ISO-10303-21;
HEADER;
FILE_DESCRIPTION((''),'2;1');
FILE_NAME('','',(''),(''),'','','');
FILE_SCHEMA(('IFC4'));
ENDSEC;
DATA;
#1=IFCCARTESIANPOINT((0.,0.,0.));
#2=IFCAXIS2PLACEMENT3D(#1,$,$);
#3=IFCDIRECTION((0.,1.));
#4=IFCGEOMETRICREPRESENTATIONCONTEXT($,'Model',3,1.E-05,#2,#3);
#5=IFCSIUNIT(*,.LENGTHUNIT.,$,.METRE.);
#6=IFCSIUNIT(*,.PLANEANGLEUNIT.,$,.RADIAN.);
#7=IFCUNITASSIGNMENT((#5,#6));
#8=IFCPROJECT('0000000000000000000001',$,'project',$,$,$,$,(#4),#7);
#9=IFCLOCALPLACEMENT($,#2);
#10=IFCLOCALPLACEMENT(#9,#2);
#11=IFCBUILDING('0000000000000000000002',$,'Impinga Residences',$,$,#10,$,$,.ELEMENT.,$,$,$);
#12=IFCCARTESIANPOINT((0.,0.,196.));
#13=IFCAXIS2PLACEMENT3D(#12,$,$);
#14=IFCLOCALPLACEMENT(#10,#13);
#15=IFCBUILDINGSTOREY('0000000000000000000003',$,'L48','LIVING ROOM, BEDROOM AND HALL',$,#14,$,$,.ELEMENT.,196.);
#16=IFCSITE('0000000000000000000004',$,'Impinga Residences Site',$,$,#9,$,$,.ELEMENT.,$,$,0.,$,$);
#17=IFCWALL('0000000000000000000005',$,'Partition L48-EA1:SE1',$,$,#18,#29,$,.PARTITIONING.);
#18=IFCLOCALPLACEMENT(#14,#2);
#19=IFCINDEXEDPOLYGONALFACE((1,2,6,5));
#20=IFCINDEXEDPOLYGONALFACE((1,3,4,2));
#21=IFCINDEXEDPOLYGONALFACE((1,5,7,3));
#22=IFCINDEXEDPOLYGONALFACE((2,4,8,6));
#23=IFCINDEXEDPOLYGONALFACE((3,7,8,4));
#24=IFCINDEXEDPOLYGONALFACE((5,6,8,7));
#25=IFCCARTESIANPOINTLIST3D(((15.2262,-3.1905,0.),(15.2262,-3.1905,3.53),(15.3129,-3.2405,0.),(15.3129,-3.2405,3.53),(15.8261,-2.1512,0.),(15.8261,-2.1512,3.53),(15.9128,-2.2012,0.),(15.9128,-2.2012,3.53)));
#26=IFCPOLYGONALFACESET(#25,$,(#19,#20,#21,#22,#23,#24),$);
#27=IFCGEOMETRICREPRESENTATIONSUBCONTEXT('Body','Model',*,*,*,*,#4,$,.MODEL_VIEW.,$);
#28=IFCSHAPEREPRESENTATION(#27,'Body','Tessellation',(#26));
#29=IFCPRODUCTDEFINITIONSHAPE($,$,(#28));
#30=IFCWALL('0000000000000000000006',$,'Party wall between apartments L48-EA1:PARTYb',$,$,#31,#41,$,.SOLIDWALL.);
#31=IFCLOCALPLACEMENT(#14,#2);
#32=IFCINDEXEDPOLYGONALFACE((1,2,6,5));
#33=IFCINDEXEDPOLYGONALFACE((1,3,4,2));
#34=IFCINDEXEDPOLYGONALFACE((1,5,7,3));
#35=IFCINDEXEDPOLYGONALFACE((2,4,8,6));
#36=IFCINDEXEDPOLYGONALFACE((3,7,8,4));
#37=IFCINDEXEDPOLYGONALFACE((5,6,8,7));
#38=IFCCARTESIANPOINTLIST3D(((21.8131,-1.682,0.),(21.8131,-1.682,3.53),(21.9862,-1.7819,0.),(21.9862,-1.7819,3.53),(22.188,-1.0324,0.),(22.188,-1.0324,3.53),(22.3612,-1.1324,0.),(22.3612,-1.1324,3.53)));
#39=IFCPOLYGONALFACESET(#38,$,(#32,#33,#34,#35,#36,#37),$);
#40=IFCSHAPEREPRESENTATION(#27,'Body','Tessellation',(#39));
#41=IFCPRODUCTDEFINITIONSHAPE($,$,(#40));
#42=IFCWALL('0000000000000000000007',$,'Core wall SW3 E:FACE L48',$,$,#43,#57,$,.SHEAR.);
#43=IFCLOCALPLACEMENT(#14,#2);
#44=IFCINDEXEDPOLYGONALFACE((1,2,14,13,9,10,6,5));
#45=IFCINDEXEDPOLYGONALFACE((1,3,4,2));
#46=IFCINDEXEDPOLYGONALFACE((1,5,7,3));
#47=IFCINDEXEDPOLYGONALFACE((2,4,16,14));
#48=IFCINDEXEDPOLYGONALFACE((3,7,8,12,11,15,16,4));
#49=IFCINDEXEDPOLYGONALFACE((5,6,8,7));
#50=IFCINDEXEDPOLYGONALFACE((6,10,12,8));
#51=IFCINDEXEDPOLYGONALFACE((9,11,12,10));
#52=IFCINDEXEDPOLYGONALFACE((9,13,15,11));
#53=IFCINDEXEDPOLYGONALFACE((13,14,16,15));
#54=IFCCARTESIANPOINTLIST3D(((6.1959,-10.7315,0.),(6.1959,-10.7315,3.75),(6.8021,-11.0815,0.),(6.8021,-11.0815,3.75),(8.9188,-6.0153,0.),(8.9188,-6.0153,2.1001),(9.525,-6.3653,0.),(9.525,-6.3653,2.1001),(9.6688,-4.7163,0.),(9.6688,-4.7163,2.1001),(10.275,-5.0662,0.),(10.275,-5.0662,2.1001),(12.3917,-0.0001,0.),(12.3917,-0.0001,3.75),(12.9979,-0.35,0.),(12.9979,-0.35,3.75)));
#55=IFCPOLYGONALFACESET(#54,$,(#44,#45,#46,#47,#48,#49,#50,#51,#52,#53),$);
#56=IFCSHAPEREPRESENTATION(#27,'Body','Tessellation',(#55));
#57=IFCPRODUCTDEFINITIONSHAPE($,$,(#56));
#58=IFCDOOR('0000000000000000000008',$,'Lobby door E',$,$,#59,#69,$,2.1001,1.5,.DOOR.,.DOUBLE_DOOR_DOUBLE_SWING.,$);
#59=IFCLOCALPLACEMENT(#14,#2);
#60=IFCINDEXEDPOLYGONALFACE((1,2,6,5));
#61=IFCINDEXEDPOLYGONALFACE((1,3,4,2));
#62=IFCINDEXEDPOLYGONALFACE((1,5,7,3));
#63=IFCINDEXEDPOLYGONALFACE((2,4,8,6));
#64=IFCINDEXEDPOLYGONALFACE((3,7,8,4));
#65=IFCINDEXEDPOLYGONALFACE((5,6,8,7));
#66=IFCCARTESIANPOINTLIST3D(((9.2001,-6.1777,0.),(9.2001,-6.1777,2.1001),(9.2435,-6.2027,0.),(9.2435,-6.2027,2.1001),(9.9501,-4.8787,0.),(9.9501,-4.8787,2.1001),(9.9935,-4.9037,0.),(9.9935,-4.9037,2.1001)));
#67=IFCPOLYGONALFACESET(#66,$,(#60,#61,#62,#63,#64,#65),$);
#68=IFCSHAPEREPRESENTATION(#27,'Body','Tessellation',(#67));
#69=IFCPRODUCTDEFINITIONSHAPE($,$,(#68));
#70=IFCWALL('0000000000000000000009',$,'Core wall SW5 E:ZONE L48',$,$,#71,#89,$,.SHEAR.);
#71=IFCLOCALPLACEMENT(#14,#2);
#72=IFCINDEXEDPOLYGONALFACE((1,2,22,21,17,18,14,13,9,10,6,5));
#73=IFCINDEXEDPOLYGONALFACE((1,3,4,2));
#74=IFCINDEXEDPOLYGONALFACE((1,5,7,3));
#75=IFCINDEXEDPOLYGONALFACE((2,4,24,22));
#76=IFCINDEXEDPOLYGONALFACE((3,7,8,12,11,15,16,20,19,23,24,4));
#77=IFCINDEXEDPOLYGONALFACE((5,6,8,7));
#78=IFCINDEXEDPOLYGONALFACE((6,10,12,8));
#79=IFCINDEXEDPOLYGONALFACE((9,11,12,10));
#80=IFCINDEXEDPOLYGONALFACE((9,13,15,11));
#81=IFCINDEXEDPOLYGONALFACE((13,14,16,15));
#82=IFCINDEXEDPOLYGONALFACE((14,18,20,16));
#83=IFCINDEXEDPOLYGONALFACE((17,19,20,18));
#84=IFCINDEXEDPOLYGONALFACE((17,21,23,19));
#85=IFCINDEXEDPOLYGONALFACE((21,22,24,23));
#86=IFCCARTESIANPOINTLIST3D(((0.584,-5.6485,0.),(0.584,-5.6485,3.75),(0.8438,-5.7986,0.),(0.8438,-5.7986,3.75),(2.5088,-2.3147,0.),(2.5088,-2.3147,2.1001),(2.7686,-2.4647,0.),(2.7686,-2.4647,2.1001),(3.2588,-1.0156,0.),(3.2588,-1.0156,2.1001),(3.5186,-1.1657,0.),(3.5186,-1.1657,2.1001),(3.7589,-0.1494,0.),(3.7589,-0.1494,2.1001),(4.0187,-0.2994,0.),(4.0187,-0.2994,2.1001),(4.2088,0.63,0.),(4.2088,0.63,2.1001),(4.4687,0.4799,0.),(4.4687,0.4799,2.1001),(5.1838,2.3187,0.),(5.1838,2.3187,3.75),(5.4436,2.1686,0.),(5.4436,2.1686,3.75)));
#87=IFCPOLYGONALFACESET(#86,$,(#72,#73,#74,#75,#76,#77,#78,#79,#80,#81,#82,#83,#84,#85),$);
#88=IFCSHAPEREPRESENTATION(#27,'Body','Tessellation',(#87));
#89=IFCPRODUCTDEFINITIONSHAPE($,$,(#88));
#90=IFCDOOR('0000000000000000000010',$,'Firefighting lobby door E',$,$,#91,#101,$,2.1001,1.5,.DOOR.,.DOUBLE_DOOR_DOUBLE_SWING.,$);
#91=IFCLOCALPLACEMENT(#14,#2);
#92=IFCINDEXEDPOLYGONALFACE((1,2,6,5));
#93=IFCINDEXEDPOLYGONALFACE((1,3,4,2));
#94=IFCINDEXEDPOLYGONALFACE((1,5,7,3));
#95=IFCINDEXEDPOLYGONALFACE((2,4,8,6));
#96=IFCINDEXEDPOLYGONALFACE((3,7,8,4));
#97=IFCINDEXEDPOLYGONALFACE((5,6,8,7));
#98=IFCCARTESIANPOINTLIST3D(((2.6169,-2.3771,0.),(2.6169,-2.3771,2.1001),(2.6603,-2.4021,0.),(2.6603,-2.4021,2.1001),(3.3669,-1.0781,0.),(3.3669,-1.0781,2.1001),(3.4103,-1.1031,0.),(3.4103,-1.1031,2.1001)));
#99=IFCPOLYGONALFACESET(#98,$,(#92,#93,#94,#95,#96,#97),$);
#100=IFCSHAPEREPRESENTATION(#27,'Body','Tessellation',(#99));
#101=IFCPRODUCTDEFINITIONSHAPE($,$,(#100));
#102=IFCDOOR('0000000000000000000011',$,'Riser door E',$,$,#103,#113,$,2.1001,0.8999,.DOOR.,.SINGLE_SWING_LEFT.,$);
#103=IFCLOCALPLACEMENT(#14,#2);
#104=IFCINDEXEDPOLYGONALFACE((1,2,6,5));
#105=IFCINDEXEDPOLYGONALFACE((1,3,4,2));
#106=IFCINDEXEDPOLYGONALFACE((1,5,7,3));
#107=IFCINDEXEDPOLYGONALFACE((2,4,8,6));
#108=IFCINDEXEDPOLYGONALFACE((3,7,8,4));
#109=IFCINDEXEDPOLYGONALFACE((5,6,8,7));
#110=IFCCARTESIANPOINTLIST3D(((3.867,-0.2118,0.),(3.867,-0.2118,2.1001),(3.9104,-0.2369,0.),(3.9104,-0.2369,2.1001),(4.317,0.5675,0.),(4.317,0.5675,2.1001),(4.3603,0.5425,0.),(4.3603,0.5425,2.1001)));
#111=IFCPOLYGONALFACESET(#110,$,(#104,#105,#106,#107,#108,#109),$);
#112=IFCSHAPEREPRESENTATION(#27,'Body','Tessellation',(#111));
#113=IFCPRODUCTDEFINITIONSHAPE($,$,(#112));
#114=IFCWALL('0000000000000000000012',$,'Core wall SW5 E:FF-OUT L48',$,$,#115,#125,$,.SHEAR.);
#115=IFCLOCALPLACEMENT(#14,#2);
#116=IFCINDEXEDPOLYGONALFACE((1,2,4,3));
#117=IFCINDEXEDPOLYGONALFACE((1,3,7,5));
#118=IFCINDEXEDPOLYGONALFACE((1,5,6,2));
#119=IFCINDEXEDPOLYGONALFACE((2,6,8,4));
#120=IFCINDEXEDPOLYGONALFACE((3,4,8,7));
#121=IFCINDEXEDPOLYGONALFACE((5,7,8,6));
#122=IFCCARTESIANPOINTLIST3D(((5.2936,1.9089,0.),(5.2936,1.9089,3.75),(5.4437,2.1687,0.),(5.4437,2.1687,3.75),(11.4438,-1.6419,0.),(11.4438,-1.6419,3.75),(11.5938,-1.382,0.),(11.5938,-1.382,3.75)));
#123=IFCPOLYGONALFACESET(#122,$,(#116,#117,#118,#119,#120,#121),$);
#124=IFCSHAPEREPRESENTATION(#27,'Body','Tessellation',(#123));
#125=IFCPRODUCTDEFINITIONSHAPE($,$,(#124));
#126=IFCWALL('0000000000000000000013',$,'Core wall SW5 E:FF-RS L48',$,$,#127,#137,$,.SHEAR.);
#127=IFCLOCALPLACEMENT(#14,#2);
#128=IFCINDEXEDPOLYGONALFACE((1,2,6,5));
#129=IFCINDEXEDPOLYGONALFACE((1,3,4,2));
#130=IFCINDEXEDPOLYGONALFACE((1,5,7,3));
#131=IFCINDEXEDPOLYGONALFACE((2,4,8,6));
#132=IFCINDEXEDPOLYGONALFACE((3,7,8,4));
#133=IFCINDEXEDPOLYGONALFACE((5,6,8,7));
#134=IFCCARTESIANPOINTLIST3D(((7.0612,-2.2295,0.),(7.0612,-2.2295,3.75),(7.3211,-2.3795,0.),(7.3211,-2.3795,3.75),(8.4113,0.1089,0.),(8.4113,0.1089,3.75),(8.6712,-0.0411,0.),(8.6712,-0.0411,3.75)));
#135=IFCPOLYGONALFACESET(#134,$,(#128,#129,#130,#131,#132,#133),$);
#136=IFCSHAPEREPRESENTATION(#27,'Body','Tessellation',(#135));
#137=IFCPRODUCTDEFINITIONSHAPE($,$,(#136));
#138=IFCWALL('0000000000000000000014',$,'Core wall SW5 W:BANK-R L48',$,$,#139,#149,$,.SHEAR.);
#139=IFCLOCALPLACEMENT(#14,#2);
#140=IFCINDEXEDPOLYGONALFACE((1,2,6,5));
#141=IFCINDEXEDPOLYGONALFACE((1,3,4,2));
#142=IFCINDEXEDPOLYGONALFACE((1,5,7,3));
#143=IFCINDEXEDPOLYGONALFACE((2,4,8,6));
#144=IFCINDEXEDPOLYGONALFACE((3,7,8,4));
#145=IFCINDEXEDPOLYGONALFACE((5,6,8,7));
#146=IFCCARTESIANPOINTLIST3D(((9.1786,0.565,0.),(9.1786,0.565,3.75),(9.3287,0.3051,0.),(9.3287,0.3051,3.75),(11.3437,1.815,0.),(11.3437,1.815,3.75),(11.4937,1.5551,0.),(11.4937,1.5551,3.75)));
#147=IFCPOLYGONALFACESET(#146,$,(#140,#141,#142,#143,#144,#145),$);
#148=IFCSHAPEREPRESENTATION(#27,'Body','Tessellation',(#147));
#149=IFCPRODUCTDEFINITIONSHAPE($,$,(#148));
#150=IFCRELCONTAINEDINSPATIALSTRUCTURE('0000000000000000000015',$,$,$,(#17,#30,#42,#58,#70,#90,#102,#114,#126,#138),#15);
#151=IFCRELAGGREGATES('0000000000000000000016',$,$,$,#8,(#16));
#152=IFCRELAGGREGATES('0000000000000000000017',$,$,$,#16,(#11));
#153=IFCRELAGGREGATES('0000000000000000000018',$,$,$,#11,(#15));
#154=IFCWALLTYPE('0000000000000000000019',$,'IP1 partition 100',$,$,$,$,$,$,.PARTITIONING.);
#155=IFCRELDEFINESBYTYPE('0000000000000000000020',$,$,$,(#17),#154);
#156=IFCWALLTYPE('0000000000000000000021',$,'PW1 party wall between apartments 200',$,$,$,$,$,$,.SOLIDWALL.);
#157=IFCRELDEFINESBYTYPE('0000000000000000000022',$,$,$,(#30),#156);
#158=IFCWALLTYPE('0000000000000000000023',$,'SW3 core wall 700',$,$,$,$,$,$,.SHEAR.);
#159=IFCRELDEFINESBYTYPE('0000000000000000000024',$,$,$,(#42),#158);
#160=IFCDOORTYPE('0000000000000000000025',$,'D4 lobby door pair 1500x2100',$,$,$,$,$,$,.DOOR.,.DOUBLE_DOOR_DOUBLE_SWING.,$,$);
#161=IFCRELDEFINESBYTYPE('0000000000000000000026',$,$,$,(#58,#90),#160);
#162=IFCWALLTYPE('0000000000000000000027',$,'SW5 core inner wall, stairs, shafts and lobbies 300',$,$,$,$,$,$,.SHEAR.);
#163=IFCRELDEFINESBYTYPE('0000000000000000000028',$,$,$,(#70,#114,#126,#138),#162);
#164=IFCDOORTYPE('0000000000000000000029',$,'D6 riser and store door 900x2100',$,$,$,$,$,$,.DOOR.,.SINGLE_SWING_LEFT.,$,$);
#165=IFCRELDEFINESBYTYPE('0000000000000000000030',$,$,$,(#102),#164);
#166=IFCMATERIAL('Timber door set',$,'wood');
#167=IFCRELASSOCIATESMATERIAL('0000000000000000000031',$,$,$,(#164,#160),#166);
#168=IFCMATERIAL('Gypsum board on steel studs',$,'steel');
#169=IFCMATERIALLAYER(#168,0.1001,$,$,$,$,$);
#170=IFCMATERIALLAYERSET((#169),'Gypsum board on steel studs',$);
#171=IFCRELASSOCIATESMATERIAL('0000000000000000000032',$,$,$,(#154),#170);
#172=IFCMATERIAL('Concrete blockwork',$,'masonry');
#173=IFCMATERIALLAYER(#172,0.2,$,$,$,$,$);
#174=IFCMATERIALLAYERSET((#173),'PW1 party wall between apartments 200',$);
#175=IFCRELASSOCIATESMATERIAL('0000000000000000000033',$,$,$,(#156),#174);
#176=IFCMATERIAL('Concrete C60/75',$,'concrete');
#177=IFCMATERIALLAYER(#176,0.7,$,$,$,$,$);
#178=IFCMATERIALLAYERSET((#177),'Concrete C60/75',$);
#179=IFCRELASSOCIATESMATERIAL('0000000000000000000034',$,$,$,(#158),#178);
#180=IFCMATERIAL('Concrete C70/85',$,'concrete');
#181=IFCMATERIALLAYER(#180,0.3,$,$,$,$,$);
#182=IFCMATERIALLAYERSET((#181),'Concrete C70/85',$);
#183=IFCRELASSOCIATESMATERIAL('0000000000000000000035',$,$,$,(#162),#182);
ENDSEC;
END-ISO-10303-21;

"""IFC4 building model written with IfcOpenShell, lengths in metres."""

from ifc_helpers import new_model, si_unit, direction, frame, frame_2d, origin, place, context, subcontext, project, spatial, rectangle, extrude, material, layer, layer_set, type_object, element, fill, save


model = new_model("IFC4")

# Units and contexts
model_context = context("Model", 3, precision=1e-05, world=origin(), true_north=direction((0.0, 1.0)))
body_context = subcontext(model_context, "Body", "Model", "MODEL_VIEW")
ifc_project = project(units=[si_unit("LENGTHUNIT", "METRE"), si_unit("PLANEANGLEUNIT", "RADIAN")], contexts=[model_context])

# Site, building, storey
site_placement = place(None, origin())
site = spatial("IfcSite", under=ifc_project, at=site_placement, Name="Impinga Residences Site", CompositionType="ELEMENT", RefElevation=0.0)
building_placement = place(site_placement, origin())
building = spatial("IfcBuilding", under=site, at=building_placement, Name="Impinga Residences", CompositionType="ELEMENT")
storey_placement = place(building_placement, frame((0.0, 0.0, 196.0)))
storey = spatial("IfcBuildingStorey", under=building, at=storey_placement, Name="L48", Description="LIVING ROOM, BEDROOM AND HALL", CompositionType="ELEMENT", Elevation=196.0)

# Shared definitions
ifc_material_1 = material(Name="Concrete C60/75", Category="concrete")

# Shared definitions
ifc_material_2 = material(Name="Concrete blockwork", Category="masonry")
ifc_material_3 = material(Name="Timber door set", Category="wood")
door_type_1 = type_object("IfcDoorType", Name="D6 riser and store door 900x2100", OperationType="SINGLE_SWING_LEFT", PredefinedType="DOOR", material=ifc_material_3)

# Shared definitions
ifc_material_4 = material(Name="Gypsum board on steel studs", Category="steel")
ifc_layer_1 = layer(ifc_material_4, 0.1001)
ifc_layer_set_1 = layer_set([ifc_layer_1], Name="Gypsum board on steel studs")
wall_type_1 = type_object("IfcWallType", Name="IP1 partition 100", PredefinedType="PARTITIONING", material=ifc_layer_set_1)

# Walls
wall_1_placement = place(storey_placement, frame((15.2695, -3.2156, 0.0), z_axis=(0.0, 0.0, 1.0), x_axis=(0.499881, 0.866094, 0.0)))
element("IfcWall", 1, at=wall_1_placement, inside=storey, type_object=wall_type_1, Name="Partition L48-EA1:SE1", PredefinedType="PARTITIONING", context=body_context, shape_type="SweptSolid", body=[
    extrude(rectangle(XDim=1.2, YDim=0.1001, at=frame_2d((0.6001, 0.0))), origin(), (0.0, 0.0, 1.0), 3.53),
])
ifc_layer_2 = layer(ifc_material_2, 0.2)
ifc_layer_set_2 = layer_set([ifc_layer_2], Name="PW1 party wall between apartments 200")
wall_type_2 = type_object("IfcWallType", Name="PW1 party wall between apartments 200", PredefinedType="SOLIDWALL", material=ifc_layer_set_2)
wall_2_placement = place(storey_placement, frame((21.8997, -1.7319, 0.0), z_axis=(0.0, 0.0, 1.0), x_axis=(0.49992, 0.866072, 0.0)))
element("IfcWall", 2, at=wall_2_placement, inside=storey, type_object=wall_type_2, Name="Party wall between apartments L48-EA1:PARTYb", PredefinedType="SOLIDWALL", context=body_context, shape_type="SweptSolid", body=[
    extrude(rectangle(XDim=0.75, YDim=0.2, at=frame_2d((0.375, 0.0))), origin(), (0.0, 0.0, 1.0), 3.53),
])

# Wall, opening, door
ifc_layer_3 = layer(ifc_material_1, 0.7)
ifc_layer_set_3 = layer_set([ifc_layer_3], Name="Concrete C60/75")
wall_type_3 = type_object("IfcWallType", Name="SW3 core wall 700", PredefinedType="SHEAR", material=ifc_layer_set_3)
wall_3_placement = place(storey_placement, frame((12.6948, -0.175, 0.0), z_axis=(0.0, 0.0, 1.0), x_axis=(-0.5, -0.866025, 0.0)))
wall_3 = element("IfcWall", 3, at=wall_3_placement, inside=storey, type_object=wall_type_3, Name="Core wall SW3 E:FACE L48", PredefinedType="SHEAR", context=body_context, shape_type="SweptSolid", body=[
    extrude(rectangle(XDim=12.3916, YDim=0.7, at=frame_2d((6.1958, 0.0))), origin(), (0.0, 0.0, 1.0), 3.75),
])
opening_1_placement = place(wall_3_placement, frame((5.4458, 0.0, 0.0)))
opening_1 = element("IfcOpeningElement", 4, at=opening_1_placement, cuts=wall_3, PredefinedType="OPENING", context=body_context, shape_type="SweptSolid", body=[
    extrude(rectangle(XDim=1.5, YDim=2.1001, at=frame_2d((0.75, 1.05))), frame((0.0, 0.3599, 0.0), z_axis=(0.0, -1.0, 0.0), x_axis=(1.0, 0.0, 0.0)), (0.0, 0.0, 1.0), 0.72),
])
door_type_2 = type_object("IfcDoorType", Name="D4 lobby door pair 1500x2100", OperationType="DOUBLE_DOOR_DOUBLE_SWING", PredefinedType="DOOR", material=ifc_material_3)
door_1_placement = place(opening_1_placement, origin())
door_1 = element("IfcDoor", 5, at=door_1_placement, inside=storey, type_object=door_type_2, Name="Lobby door E", OperationType="DOUBLE_DOOR_DOUBLE_SWING", OverallHeight=2.1001, OverallWidth=1.5, PredefinedType="DOOR", context=body_context, shape_type="SweptSolid", body=[
    extrude(rectangle(XDim=1.5, YDim=2.1001, at=frame_2d((0.75, 1.05))), frame((0.0, 0.0249, 0.0), z_axis=(0.0, -1.0, 0.0), x_axis=(1.0, 0.0, 0.0)), (0.0, 0.0, 1.0), 0.05),
])
fill(opening_1, door_1)

# Wall, openings, doors
ifc_material_5 = material(Name="Concrete C70/85", Category="concrete")
ifc_layer_4 = layer(ifc_material_5, 0.3)
ifc_layer_set_4 = layer_set([ifc_layer_4], Name="Concrete C70/85")
wall_type_4 = type_object("IfcWallType", Name="SW5 core inner wall, stairs, shafts and lobbies 300", PredefinedType="SHEAR", material=ifc_layer_set_4)
wall_4_placement = place(storey_placement, frame((5.3137, 2.2437, 0.0), z_axis=(0.0, 0.0, 1.0), x_axis=(-0.499995, -0.866028, 0.0)))
wall_4 = element("IfcWall", 6, at=wall_4_placement, inside=storey, type_object=wall_type_4, Name="Core wall SW5 E:ZONE L48", PredefinedType="SHEAR", context=body_context, shape_type="SweptSolid", body=[
    extrude(rectangle(XDim=9.1997, YDim=0.3, at=frame_2d((4.5999, 0.0))), origin(), (0.0, 0.0, 1.0), 3.75),
])
opening_2_placement = place(wall_4_placement, frame((3.8501, 0.0, 0.0)))
opening_2 = element("IfcOpeningElement", 7, at=opening_2_placement, cuts=wall_4, PredefinedType="OPENING", context=body_context, shape_type="SweptSolid", body=[
    extrude(rectangle(XDim=1.5, YDim=2.1001, at=frame_2d((0.75, 1.05))), frame((0.0, 0.1599, 0.0), z_axis=(0.0, -1.0, 0.0), x_axis=(1.0, 0.0, 0.0)), (0.0, 0.0, 1.0), 0.3201),
])
opening_3_placement = place(wall_4_placement, frame((1.95, 0.0, 0.0)))
opening_3 = element("IfcOpeningElement", 8, at=opening_3_placement, cuts=wall_4, PredefinedType="OPENING", context=body_context, shape_type="SweptSolid", body=[
    extrude(rectangle(XDim=0.8999, YDim=2.1001, at=frame_2d((0.45, 1.05))), frame((0.0, 0.1599, 0.0), z_axis=(0.0, -1.0, 0.0), x_axis=(1.0, 0.0, 0.0)), (0.0, 0.0, 1.0), 0.3201),
])
door_2_placement = place(opening_2_placement, origin())
door_2 = element("IfcDoor", 9, at=door_2_placement, inside=storey, type_object=door_type_2, Name="Firefighting lobby door E", OperationType="DOUBLE_DOOR_DOUBLE_SWING", OverallHeight=2.1001, OverallWidth=1.5, PredefinedType="DOOR", context=body_context, shape_type="SweptSolid", body=[
    extrude(rectangle(XDim=1.5, YDim=2.1001, at=frame_2d((0.75, 1.05))), frame((0.0, 0.0249, 0.0), z_axis=(0.0, -1.0, 0.0), x_axis=(1.0, 0.0, 0.0)), (0.0, 0.0, 1.0), 0.05),
])
fill(opening_2, door_2)
door_3_placement = place(opening_3_placement, origin())
door_3 = element("IfcDoor", 10, at=door_3_placement, inside=storey, type_object=door_type_1, Name="Riser door E", OperationType="SINGLE_SWING_LEFT", OverallHeight=2.1001, OverallWidth=0.8999, PredefinedType="DOOR", context=body_context, shape_type="SweptSolid", body=[
    extrude(rectangle(XDim=0.8999, YDim=2.1001, at=frame_2d((0.45, 1.05))), frame((0.0, 0.0249, 0.0), z_axis=(0.0, -1.0, 0.0), x_axis=(1.0, 0.0, 0.0)), (0.0, 0.0, 1.0), 0.05),
])
fill(opening_3, door_3)

# Walls
wall_5_placement = place(storey_placement, frame((5.3687, 2.0388, 0.0), z_axis=(0.0, 0.0, 1.0), x_axis=(0.866026, -0.499999, 0.0)))
element("IfcWall", 11, at=wall_5_placement, inside=storey, type_object=wall_type_4, Name="Core wall SW5 E:FF-OUT L48", PredefinedType="SHEAR", context=body_context, shape_type="SweptSolid", body=[
    extrude(rectangle(XDim=7.1016, YDim=0.3, at=frame_2d((3.5508, 0.0))), origin(), (0.0, 0.0, 1.0), 3.75),
])
wall_6_placement = place(storey_placement, frame((8.5413, 0.0339, 0.0), z_axis=(0.0, 0.0, 1.0), x_axis=(-0.500009, -0.86602, 0.0)))
element("IfcWall", 12, at=wall_6_placement, inside=storey, type_object=wall_type_4, Name="Core wall SW5 E:FF-RS L48", PredefinedType="SHEAR", context=body_context, shape_type="SweptSolid", body=[
    extrude(rectangle(XDim=2.7002, YDim=0.3, at=frame_2d((1.3501, 0.0))), origin(), (0.0, 0.0, 1.0), 3.75),
])
wall_7_placement = place(storey_placement, frame((9.2537, 0.4351, 0.0), z_axis=(0.0, 0.0, 1.0), x_axis=(0.866023, 0.500004, 0.0)))
element("IfcWall", 13, at=wall_7_placement, inside=storey, type_object=wall_type_4, Name="Core wall SW5 W:BANK-R L48", PredefinedType="SHEAR", context=body_context, shape_type="SweptSolid", body=[
    extrude(rectangle(XDim=2.5, YDim=0.3, at=frame_2d((1.25, 0.0))), origin(), (0.0, 0.0, 1.0), 3.75),
])

save(model, "model.ifc")
